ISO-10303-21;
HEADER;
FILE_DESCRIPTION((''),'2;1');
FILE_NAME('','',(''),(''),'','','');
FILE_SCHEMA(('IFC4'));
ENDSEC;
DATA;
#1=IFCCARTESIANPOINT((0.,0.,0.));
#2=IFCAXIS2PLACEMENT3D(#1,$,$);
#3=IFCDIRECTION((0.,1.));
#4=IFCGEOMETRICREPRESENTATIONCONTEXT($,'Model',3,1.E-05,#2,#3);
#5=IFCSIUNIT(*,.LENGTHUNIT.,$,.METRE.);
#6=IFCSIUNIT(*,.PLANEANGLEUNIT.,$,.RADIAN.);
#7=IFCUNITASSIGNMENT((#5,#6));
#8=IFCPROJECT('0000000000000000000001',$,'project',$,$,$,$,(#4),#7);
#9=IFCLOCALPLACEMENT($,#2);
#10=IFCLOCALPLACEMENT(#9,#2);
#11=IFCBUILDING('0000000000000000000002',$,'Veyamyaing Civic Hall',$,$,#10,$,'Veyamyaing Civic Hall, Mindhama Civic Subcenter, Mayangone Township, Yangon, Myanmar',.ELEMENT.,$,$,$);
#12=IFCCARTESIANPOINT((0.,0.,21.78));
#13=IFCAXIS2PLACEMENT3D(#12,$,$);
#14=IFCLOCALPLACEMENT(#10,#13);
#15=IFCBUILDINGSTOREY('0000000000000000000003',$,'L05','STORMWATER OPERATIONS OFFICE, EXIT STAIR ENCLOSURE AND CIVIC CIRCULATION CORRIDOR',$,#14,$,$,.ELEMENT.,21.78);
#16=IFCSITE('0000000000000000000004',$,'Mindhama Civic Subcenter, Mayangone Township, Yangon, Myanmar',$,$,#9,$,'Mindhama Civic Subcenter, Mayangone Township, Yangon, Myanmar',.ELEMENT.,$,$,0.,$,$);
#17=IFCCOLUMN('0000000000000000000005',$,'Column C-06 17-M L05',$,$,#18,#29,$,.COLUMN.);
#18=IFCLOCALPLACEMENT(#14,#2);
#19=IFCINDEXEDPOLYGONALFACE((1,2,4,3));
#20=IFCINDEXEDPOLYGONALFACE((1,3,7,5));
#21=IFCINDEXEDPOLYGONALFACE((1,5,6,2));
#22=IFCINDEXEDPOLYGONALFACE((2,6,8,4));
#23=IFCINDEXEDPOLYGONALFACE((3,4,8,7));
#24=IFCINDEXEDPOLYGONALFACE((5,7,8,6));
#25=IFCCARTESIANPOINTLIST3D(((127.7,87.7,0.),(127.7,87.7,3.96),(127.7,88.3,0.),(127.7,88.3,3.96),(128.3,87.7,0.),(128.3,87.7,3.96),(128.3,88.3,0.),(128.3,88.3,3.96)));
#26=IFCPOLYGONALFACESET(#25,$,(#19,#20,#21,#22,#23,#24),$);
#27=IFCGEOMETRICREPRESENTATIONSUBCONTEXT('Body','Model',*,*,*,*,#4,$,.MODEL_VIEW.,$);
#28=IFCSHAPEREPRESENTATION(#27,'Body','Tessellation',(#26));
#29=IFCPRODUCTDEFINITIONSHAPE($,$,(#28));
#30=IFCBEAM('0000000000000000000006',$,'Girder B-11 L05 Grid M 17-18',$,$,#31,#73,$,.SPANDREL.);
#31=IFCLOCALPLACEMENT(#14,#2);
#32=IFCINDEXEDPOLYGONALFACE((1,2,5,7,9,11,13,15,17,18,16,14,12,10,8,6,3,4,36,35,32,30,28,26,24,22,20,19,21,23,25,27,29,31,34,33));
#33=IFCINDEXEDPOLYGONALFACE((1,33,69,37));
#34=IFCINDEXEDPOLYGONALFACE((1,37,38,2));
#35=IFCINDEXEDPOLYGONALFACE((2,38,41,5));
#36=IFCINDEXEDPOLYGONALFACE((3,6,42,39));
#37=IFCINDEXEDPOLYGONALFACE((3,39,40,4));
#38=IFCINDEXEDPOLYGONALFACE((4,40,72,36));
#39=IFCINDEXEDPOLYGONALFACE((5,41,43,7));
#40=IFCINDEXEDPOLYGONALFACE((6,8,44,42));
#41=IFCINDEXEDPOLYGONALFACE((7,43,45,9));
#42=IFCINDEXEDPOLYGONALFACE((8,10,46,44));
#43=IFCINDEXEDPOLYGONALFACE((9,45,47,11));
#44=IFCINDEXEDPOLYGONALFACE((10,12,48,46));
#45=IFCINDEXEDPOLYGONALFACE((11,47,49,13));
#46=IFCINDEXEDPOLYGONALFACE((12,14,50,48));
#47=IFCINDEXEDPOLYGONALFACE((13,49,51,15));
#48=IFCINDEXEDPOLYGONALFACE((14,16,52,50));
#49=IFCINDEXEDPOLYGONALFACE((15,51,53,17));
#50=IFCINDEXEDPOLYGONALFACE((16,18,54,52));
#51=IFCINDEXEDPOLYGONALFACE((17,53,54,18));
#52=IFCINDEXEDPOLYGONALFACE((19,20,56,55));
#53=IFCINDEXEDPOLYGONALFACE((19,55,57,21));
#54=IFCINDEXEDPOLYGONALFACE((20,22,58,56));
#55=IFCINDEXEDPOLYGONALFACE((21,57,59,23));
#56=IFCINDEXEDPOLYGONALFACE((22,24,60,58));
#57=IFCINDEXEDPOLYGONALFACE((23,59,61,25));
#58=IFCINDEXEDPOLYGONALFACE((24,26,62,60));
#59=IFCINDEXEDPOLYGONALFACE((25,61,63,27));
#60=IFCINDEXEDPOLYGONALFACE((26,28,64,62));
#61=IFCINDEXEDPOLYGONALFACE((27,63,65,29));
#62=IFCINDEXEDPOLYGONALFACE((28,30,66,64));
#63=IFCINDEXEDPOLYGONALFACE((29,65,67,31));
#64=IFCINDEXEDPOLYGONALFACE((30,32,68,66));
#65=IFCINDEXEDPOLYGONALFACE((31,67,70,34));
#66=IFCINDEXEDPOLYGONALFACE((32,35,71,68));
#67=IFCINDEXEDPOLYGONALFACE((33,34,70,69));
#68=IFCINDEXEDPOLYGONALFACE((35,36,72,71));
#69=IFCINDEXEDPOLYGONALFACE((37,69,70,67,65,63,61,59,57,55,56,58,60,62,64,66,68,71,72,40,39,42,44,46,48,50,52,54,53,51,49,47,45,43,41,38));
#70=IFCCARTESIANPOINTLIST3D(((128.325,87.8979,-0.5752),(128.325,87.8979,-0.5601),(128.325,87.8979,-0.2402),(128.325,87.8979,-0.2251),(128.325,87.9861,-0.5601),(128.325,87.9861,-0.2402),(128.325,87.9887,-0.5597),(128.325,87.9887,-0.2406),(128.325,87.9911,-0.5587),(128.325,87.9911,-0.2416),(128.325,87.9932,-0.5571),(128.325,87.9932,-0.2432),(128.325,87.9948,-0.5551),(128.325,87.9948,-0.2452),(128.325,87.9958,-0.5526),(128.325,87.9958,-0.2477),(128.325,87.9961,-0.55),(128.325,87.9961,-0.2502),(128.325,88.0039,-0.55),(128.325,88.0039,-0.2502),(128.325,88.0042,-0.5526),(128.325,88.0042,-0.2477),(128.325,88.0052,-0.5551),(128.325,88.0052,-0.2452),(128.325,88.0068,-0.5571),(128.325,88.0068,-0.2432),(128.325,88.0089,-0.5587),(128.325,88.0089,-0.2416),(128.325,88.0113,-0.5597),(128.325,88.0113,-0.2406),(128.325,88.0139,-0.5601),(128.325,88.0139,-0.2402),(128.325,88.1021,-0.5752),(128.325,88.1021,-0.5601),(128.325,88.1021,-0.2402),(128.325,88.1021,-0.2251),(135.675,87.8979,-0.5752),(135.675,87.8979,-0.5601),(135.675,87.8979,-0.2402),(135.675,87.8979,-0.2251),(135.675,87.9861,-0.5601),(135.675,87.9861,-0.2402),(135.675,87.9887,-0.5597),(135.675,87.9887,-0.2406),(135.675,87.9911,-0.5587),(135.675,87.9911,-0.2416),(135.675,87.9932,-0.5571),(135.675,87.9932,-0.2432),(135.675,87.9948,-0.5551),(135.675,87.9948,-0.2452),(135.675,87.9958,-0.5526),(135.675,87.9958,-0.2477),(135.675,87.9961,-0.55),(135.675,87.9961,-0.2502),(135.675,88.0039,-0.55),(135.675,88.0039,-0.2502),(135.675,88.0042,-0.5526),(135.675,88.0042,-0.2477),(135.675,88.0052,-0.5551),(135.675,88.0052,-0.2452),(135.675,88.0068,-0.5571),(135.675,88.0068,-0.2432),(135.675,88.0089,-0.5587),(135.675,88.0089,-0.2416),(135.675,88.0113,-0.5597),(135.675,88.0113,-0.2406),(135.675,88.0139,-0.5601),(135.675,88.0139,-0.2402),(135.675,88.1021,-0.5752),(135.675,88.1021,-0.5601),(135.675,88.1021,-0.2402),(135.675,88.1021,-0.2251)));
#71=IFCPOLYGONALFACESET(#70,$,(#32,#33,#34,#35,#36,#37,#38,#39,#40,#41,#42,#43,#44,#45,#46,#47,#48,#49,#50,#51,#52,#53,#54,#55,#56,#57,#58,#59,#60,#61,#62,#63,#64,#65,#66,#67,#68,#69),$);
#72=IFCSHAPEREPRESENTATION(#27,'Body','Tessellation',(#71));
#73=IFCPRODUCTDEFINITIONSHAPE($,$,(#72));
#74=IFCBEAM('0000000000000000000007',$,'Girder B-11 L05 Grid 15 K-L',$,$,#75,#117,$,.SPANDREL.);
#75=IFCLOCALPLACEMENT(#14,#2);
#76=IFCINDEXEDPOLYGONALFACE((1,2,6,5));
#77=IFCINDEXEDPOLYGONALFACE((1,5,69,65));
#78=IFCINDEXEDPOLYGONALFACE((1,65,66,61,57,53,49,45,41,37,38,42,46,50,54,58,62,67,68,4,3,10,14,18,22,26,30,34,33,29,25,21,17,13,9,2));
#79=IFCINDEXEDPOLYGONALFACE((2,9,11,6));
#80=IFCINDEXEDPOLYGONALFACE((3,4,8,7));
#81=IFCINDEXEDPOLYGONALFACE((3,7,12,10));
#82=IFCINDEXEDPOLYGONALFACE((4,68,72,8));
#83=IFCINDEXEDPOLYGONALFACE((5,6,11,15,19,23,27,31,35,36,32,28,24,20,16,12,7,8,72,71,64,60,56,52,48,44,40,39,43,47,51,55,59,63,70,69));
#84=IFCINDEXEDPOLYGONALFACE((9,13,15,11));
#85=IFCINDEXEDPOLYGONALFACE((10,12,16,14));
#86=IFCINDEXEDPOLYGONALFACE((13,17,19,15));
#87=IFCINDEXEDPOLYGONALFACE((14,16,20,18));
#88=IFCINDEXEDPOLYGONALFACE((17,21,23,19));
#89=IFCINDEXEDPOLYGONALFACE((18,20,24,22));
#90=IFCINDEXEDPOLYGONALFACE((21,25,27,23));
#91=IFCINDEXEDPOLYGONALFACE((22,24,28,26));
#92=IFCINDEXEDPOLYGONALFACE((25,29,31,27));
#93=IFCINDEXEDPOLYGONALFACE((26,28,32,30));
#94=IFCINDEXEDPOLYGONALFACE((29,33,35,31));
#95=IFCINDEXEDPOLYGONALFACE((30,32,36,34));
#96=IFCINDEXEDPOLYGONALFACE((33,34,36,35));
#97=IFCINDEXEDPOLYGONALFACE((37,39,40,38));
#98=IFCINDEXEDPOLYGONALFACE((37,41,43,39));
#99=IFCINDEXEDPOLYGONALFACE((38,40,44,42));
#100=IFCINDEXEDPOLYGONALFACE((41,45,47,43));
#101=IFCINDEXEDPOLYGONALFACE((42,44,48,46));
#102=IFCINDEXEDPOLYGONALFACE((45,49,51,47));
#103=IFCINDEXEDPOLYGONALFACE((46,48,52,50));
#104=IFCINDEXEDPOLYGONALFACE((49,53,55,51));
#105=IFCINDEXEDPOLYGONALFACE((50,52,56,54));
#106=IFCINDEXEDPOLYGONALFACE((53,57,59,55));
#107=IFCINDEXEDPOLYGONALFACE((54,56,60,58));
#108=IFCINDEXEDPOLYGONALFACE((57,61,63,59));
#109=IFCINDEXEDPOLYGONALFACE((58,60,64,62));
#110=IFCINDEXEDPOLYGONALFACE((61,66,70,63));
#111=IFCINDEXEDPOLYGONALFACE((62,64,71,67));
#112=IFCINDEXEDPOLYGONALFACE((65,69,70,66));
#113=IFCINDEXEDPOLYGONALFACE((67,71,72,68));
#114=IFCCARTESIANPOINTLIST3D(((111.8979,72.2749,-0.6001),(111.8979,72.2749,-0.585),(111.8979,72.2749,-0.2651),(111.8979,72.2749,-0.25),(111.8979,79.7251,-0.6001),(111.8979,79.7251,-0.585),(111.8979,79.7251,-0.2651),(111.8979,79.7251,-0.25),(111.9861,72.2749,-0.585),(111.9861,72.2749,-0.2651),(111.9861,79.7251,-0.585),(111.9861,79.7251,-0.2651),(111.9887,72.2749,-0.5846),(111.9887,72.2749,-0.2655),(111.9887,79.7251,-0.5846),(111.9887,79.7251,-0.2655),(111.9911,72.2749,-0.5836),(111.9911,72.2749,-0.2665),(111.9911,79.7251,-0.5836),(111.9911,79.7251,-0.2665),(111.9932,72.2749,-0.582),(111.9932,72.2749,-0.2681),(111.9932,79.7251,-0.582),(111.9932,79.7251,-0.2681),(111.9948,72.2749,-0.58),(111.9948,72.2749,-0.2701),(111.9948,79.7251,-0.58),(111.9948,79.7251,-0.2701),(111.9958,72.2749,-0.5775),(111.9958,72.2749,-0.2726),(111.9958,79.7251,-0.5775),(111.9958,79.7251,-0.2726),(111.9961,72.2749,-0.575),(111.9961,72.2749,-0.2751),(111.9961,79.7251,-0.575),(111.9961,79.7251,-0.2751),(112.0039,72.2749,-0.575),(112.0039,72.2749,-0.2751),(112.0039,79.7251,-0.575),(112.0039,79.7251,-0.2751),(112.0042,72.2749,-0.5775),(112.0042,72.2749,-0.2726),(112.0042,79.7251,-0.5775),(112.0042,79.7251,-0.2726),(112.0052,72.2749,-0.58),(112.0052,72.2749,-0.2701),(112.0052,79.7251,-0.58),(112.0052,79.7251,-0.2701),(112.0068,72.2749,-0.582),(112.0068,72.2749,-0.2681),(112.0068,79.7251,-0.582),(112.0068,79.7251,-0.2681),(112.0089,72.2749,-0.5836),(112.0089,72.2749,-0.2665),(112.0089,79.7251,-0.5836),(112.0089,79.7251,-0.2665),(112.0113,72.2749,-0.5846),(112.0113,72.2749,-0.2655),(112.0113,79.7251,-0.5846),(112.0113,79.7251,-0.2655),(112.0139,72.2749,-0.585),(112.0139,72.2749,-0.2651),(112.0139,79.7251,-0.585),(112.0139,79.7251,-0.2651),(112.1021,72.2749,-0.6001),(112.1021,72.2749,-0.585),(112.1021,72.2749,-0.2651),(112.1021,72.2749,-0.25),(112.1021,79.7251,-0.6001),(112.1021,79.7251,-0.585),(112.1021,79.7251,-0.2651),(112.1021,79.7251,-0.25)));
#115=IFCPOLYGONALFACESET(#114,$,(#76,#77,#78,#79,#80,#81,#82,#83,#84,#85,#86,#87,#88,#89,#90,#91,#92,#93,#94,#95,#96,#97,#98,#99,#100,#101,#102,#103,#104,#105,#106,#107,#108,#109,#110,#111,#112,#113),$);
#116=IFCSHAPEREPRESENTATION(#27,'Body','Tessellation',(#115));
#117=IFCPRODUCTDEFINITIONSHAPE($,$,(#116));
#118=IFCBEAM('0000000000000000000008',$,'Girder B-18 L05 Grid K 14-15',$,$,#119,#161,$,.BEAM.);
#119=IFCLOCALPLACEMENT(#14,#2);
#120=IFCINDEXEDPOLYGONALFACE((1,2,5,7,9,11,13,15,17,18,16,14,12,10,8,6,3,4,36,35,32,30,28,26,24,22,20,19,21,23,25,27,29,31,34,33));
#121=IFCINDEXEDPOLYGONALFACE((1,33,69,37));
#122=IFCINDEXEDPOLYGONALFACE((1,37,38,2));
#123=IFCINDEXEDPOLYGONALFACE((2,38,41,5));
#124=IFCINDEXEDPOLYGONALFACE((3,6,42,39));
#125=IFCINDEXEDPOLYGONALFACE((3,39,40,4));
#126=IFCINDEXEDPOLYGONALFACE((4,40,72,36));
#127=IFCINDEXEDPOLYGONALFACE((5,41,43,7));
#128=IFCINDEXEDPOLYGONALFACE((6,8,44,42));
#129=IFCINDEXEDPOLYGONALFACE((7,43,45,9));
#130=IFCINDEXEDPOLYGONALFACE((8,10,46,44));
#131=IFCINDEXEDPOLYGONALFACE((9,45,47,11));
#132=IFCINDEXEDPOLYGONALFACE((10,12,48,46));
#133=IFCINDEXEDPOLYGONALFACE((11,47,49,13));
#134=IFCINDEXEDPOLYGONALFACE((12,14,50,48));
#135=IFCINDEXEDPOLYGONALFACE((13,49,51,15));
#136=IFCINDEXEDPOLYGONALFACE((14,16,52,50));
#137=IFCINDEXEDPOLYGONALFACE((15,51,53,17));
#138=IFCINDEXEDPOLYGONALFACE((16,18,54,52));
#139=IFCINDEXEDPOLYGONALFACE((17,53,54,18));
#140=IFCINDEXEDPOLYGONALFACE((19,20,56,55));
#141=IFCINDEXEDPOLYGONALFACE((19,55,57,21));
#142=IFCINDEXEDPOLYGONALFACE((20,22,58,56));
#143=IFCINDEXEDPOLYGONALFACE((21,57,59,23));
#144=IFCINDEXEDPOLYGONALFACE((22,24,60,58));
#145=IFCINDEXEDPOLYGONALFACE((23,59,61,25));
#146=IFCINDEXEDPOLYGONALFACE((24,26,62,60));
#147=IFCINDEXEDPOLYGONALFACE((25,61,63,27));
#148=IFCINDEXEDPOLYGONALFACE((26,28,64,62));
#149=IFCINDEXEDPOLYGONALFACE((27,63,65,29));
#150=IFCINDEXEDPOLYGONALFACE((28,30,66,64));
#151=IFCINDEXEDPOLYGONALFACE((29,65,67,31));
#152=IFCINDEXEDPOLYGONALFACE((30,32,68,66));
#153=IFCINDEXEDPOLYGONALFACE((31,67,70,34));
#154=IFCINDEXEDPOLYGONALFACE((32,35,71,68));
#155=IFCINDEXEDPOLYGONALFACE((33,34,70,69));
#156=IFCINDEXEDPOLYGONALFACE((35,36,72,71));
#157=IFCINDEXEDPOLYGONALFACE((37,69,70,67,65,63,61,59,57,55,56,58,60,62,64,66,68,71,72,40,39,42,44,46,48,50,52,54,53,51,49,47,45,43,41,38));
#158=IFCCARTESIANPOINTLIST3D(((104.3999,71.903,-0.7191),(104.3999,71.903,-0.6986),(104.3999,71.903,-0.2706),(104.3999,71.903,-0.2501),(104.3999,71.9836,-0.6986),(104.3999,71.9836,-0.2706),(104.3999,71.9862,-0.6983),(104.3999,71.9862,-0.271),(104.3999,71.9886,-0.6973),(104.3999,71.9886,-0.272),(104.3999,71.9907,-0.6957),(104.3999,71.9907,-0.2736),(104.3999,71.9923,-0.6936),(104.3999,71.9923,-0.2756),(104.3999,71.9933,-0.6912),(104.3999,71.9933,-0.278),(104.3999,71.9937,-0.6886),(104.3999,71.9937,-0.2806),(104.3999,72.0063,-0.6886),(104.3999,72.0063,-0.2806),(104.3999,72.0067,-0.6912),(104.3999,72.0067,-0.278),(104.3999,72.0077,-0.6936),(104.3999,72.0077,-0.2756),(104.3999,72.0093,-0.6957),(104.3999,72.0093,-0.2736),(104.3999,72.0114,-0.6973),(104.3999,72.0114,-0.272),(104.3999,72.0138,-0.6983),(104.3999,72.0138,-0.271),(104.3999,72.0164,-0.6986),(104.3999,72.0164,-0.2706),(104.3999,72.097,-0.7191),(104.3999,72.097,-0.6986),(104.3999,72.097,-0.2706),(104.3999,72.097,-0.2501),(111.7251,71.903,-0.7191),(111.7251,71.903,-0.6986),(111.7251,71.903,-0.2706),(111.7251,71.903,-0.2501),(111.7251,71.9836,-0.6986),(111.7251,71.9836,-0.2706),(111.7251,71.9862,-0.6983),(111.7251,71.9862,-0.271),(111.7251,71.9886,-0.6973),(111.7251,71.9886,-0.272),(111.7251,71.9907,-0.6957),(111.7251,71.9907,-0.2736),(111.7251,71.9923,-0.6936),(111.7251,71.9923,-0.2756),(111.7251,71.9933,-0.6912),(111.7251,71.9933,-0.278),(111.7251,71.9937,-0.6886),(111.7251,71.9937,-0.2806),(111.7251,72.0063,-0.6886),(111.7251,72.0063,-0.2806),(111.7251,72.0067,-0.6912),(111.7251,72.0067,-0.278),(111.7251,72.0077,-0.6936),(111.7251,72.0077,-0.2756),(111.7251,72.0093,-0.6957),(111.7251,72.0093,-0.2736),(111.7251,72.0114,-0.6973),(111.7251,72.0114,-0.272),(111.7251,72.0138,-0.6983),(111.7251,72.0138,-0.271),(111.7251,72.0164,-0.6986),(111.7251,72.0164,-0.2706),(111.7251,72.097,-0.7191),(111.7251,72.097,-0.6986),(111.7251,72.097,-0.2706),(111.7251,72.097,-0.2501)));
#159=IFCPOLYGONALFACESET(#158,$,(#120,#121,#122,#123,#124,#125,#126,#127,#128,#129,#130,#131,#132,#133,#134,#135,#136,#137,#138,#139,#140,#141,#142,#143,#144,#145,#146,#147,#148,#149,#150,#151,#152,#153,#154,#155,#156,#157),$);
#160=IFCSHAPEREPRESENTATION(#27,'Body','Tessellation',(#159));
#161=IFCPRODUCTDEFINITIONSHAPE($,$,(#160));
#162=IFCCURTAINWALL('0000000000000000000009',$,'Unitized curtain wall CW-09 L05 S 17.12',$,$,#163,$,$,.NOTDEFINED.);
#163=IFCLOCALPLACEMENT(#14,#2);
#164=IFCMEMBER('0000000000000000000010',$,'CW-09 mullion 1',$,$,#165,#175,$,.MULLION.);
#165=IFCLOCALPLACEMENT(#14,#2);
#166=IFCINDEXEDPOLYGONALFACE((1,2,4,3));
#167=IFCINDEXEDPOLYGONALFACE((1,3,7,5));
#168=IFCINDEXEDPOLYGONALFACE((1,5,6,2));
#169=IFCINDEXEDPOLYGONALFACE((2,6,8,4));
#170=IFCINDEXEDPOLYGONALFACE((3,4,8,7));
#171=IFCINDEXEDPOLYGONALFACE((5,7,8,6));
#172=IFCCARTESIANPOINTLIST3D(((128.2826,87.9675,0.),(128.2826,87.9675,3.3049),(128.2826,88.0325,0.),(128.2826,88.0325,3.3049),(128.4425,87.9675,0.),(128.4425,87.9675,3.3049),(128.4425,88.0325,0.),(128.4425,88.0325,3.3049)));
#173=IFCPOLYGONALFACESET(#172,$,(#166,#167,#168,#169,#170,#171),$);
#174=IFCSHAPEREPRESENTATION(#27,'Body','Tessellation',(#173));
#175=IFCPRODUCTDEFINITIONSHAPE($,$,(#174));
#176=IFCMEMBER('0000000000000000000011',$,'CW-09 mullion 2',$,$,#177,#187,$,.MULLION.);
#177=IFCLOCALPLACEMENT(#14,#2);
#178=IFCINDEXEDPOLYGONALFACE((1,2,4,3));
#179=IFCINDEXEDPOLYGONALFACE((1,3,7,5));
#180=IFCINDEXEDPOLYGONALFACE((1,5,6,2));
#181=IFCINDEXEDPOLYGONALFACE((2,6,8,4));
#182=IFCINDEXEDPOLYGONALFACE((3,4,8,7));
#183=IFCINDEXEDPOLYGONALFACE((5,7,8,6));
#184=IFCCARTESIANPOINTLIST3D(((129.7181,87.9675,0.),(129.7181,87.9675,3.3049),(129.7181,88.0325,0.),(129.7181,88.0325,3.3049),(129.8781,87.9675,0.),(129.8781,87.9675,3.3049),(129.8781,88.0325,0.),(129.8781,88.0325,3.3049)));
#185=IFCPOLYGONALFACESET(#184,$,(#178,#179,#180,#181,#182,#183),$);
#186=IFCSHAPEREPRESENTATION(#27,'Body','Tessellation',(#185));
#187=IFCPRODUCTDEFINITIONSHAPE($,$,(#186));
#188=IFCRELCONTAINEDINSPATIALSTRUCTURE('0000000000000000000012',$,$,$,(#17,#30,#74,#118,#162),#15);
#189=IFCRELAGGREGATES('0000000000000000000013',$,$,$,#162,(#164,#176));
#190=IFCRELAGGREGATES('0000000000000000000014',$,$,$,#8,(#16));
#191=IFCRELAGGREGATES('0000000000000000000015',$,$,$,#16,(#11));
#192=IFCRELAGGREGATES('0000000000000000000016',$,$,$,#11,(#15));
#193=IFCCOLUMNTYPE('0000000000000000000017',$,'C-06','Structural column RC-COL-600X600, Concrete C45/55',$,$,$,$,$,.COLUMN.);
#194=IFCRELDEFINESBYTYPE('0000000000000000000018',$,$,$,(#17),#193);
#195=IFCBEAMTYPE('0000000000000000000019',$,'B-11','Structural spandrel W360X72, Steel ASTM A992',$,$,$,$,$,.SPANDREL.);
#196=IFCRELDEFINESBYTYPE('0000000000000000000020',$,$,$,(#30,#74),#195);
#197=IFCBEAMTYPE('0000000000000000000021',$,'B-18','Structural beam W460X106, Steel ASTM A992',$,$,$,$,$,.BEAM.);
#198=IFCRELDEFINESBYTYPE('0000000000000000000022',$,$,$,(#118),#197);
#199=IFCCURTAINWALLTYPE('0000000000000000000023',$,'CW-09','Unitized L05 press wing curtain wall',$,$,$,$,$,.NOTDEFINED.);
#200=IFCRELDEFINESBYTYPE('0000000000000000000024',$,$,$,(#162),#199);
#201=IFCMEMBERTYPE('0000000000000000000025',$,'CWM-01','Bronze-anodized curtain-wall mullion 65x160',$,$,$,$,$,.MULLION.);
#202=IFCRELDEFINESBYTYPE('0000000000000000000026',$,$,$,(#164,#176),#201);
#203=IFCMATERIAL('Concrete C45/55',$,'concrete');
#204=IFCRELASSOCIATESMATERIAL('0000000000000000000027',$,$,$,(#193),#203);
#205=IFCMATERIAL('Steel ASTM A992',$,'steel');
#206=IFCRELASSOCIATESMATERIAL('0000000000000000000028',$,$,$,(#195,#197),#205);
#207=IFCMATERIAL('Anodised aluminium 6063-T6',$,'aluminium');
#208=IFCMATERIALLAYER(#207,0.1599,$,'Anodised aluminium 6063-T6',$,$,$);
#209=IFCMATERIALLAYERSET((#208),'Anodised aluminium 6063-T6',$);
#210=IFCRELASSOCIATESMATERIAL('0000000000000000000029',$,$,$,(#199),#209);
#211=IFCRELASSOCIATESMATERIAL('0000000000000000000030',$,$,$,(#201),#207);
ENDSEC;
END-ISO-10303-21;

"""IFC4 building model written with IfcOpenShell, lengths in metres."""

from ifc_helpers import new_model, si_unit, direction, frame, origin, origin_2d, place, context, subcontext, project, spatial, rectangle, i_section, extrude, material, layer, layer_set, material_profile, profile_set, type_object, element, aggregate, save


model = new_model("IFC4")

# Units and contexts
model_context = context("Model", 3, precision=1e-05, world=origin(), true_north=direction((0.0, 1.0)))
body_context = subcontext(model_context, "Body", "Model", "MODEL_VIEW")
ifc_project = project(units=[si_unit("LENGTHUNIT", "METRE"), si_unit("PLANEANGLEUNIT", "RADIAN")], contexts=[model_context])

# Site, building, storey
site_placement = place(None, origin())
site = spatial("IfcSite", under=ifc_project, at=site_placement, Name="Mindhama Civic Subcenter, Mayangone Township, Yangon, Myanmar", LongName="Mindhama Civic Subcenter, Mayangone Township, Yangon, Myanmar", CompositionType="ELEMENT", RefElevation=0.0)
building_placement = place(site_placement, origin())
building = spatial("IfcBuilding", under=site, at=building_placement, Name="Veyamyaing Civic Hall", LongName="Veyamyaing Civic Hall, Mindhama Civic Subcenter, Mayangone Township, Yangon, Myanmar", CompositionType="ELEMENT")
storey_placement = place(building_placement, frame((0.0, 0.0, 21.78)))
storey = spatial("IfcBuildingStorey", under=building, at=storey_placement, Name="L05", Description="STORMWATER OPERATIONS OFFICE, EXIT STAIR ENCLOSURE AND CIVIC CIRCULATION CORRIDOR", CompositionType="ELEMENT", Elevation=21.78)

# Column
ifc_material_1 = material(Name="Concrete C45/55", Category="concrete")
ifc_material_profile_1 = material_profile(ifc_material_1, rectangle(XDim=0.6001, YDim=0.6001, at=origin_2d()), Name="RC-COL-600X600")
ifc_profile_set_1 = profile_set([ifc_material_profile_1], Name="Concrete C45/55")
column_type = type_object("IfcColumnType", Name="C-06", Description="Structural column RC-COL-600X600, Concrete C45/55", PredefinedType="COLUMN", material=ifc_profile_set_1)
column_placement = place(storey_placement, frame((128.0, 88.0, 0.0), z_axis=(0.0, 0.0, 1.0), x_axis=(1.0, 0.0, 0.0)))
element("IfcColumn", 1, at=column_placement, inside=storey, type_object=column_type, Name="Column C-06 17-M L05", PredefinedType="COLUMN", context=body_context, shape_type="SweptSolid", body=[
    extrude(rectangle(XDim=0.6001, YDim=0.6001, at=origin_2d()), origin(), (0.0, 0.0, 1.0), 3.96),
])

# Beams
ifc_material_2 = material(Name="Steel ASTM A992", Category="steel")
ifc_material_profile_2 = material_profile(ifc_material_2, i_section(OverallWidth=0.2041, OverallDepth=0.3501, WebThickness=0.0078, FlangeThickness=0.0151, FilletRadius=0.01, at=origin_2d()), Name="W360X72")
ifc_profile_set_2 = profile_set([ifc_material_profile_2], Name="Steel ASTM A992")
beam_type_1 = type_object("IfcBeamType", Name="B-11", Description="Structural spandrel W360X72, Steel ASTM A992", PredefinedType="SPANDREL", material=ifc_profile_set_2)
beam_1_placement = place(storey_placement, frame((128.325, 88.0, -0.4001), z_axis=(1.0, 0.0, 0.0), x_axis=(0.0, 1.0, 0.0)))
element("IfcBeam", 2, at=beam_1_placement, inside=storey, type_object=beam_type_1, Name="Girder B-11 L05 Grid M 17-18", PredefinedType="SPANDREL", context=body_context, shape_type="SweptSolid", body=[
    extrude(i_section(OverallWidth=0.2041, OverallDepth=0.3501, WebThickness=0.0078, FlangeThickness=0.0151, FilletRadius=0.01, at=origin_2d()), origin(), (0.0, 0.0, 1.0), 7.3501),
])
beam_2_placement = place(storey_placement, frame((112.0, 72.2749, -0.425), z_axis=(0.0, 1.0, 0.0), x_axis=(-1.0, 0.0, 0.0)))
element("IfcBeam", 3, at=beam_2_placement, inside=storey, type_object=beam_type_1, Name="Girder B-11 L05 Grid 15 K-L", PredefinedType="SPANDREL", context=body_context, shape_type="SweptSolid", body=[
    extrude(i_section(OverallWidth=0.2041, OverallDepth=0.3501, WebThickness=0.0078, FlangeThickness=0.0151, FilletRadius=0.01, at=origin_2d()), origin(), (0.0, 0.0, 1.0), 7.4502),
])
ifc_material_profile_3 = material_profile(ifc_material_2, i_section(OverallWidth=0.1941, OverallDepth=0.469, WebThickness=0.0127, FlangeThickness=0.0205, FilletRadius=0.01, at=origin_2d()), Name="W460X106")
ifc_profile_set_3 = profile_set([ifc_material_profile_3], Name="Steel ASTM A992")
beam_type_2 = type_object("IfcBeamType", Name="B-18", Description="Structural beam W460X106, Steel ASTM A992", PredefinedType="BEAM", material=ifc_profile_set_3)
beam_3_placement = place(storey_placement, frame((104.3999, 72.0, -0.4846), z_axis=(1.0, 0.0, 0.0), x_axis=(0.0, 1.0, 0.0)))
element("IfcBeam", 4, at=beam_3_placement, inside=storey, type_object=beam_type_2, Name="Girder B-18 L05 Grid K 14-15", PredefinedType="BEAM", context=body_context, shape_type="SweptSolid", body=[
    extrude(i_section(OverallWidth=0.1941, OverallDepth=0.469, WebThickness=0.0127, FlangeThickness=0.0205, FilletRadius=0.01, at=origin_2d()), origin(), (0.0, 0.0, 1.0), 7.3252),
])

# Curtain wall, members
ifc_material_3 = material(Name="Anodised aluminium 6063-T6", Category="aluminium")
ifc_layer_1 = layer(ifc_material_3, 0.1599, Name="Anodised aluminium 6063-T6")
ifc_layer_set_1 = layer_set([ifc_layer_1], Name="Anodised aluminium 6063-T6")
curtain_wall_type = type_object("IfcCurtainWallType", Name="CW-09", Description="Unitized L05 press wing curtain wall", PredefinedType="NOTDEFINED", material=ifc_layer_set_1)
curtain_wall_placement = place(storey_placement, origin())
curtain_wall = element("IfcCurtainWall", 5, at=curtain_wall_placement, inside=storey, type_object=curtain_wall_type, Name="Unitized curtain wall CW-09 L05 S 17.12", PredefinedType="NOTDEFINED")
ifc_material_profile_4 = material_profile(ifc_material_3, rectangle(XDim=0.0649, YDim=0.1599, at=origin_2d()), Name="ALU-MUL-65X160")
ifc_profile_set_4 = profile_set([ifc_material_profile_4], Name="Anodised aluminium 6063-T6")
member_type_1 = type_object("IfcMemberType", Name="CWM-01", Description="Bronze-anodized curtain-wall mullion 65x160", PredefinedType="MULLION", material=ifc_profile_set_4)
member_1_placement = place(storey_placement, frame((128.3625, 88.0, 0.0), z_axis=(0.0, 0.0, 1.0), x_axis=(0.0, 1.0, 0.0)))
member_1 = element("IfcMember", 6, at=member_1_placement, type_object=member_type_1, Name="CW-09 mullion 1", PredefinedType="MULLION", context=body_context, shape_type="SweptSolid", body=[
    extrude(rectangle(XDim=0.0649, YDim=0.1599, at=origin_2d()), origin(), (0.0, 0.0, 1.0), 3.3049),
])
member_2_placement = place(storey_placement, frame((129.7981, 88.0, 0.0), z_axis=(0.0, 0.0, 1.0), x_axis=(0.0, 1.0, 0.0)))
member_2 = element("IfcMember", 7, at=member_2_placement, type_object=member_type_1, Name="CW-09 mullion 2", PredefinedType="MULLION", context=body_context, shape_type="SweptSolid", body=[
    extrude(rectangle(XDim=0.0649, YDim=0.1599, at=origin_2d()), origin(), (0.0, 0.0, 1.0), 3.3049),
])
aggregate(curtain_wall, [member_1, member_2])

save(model, "model.ifc")
